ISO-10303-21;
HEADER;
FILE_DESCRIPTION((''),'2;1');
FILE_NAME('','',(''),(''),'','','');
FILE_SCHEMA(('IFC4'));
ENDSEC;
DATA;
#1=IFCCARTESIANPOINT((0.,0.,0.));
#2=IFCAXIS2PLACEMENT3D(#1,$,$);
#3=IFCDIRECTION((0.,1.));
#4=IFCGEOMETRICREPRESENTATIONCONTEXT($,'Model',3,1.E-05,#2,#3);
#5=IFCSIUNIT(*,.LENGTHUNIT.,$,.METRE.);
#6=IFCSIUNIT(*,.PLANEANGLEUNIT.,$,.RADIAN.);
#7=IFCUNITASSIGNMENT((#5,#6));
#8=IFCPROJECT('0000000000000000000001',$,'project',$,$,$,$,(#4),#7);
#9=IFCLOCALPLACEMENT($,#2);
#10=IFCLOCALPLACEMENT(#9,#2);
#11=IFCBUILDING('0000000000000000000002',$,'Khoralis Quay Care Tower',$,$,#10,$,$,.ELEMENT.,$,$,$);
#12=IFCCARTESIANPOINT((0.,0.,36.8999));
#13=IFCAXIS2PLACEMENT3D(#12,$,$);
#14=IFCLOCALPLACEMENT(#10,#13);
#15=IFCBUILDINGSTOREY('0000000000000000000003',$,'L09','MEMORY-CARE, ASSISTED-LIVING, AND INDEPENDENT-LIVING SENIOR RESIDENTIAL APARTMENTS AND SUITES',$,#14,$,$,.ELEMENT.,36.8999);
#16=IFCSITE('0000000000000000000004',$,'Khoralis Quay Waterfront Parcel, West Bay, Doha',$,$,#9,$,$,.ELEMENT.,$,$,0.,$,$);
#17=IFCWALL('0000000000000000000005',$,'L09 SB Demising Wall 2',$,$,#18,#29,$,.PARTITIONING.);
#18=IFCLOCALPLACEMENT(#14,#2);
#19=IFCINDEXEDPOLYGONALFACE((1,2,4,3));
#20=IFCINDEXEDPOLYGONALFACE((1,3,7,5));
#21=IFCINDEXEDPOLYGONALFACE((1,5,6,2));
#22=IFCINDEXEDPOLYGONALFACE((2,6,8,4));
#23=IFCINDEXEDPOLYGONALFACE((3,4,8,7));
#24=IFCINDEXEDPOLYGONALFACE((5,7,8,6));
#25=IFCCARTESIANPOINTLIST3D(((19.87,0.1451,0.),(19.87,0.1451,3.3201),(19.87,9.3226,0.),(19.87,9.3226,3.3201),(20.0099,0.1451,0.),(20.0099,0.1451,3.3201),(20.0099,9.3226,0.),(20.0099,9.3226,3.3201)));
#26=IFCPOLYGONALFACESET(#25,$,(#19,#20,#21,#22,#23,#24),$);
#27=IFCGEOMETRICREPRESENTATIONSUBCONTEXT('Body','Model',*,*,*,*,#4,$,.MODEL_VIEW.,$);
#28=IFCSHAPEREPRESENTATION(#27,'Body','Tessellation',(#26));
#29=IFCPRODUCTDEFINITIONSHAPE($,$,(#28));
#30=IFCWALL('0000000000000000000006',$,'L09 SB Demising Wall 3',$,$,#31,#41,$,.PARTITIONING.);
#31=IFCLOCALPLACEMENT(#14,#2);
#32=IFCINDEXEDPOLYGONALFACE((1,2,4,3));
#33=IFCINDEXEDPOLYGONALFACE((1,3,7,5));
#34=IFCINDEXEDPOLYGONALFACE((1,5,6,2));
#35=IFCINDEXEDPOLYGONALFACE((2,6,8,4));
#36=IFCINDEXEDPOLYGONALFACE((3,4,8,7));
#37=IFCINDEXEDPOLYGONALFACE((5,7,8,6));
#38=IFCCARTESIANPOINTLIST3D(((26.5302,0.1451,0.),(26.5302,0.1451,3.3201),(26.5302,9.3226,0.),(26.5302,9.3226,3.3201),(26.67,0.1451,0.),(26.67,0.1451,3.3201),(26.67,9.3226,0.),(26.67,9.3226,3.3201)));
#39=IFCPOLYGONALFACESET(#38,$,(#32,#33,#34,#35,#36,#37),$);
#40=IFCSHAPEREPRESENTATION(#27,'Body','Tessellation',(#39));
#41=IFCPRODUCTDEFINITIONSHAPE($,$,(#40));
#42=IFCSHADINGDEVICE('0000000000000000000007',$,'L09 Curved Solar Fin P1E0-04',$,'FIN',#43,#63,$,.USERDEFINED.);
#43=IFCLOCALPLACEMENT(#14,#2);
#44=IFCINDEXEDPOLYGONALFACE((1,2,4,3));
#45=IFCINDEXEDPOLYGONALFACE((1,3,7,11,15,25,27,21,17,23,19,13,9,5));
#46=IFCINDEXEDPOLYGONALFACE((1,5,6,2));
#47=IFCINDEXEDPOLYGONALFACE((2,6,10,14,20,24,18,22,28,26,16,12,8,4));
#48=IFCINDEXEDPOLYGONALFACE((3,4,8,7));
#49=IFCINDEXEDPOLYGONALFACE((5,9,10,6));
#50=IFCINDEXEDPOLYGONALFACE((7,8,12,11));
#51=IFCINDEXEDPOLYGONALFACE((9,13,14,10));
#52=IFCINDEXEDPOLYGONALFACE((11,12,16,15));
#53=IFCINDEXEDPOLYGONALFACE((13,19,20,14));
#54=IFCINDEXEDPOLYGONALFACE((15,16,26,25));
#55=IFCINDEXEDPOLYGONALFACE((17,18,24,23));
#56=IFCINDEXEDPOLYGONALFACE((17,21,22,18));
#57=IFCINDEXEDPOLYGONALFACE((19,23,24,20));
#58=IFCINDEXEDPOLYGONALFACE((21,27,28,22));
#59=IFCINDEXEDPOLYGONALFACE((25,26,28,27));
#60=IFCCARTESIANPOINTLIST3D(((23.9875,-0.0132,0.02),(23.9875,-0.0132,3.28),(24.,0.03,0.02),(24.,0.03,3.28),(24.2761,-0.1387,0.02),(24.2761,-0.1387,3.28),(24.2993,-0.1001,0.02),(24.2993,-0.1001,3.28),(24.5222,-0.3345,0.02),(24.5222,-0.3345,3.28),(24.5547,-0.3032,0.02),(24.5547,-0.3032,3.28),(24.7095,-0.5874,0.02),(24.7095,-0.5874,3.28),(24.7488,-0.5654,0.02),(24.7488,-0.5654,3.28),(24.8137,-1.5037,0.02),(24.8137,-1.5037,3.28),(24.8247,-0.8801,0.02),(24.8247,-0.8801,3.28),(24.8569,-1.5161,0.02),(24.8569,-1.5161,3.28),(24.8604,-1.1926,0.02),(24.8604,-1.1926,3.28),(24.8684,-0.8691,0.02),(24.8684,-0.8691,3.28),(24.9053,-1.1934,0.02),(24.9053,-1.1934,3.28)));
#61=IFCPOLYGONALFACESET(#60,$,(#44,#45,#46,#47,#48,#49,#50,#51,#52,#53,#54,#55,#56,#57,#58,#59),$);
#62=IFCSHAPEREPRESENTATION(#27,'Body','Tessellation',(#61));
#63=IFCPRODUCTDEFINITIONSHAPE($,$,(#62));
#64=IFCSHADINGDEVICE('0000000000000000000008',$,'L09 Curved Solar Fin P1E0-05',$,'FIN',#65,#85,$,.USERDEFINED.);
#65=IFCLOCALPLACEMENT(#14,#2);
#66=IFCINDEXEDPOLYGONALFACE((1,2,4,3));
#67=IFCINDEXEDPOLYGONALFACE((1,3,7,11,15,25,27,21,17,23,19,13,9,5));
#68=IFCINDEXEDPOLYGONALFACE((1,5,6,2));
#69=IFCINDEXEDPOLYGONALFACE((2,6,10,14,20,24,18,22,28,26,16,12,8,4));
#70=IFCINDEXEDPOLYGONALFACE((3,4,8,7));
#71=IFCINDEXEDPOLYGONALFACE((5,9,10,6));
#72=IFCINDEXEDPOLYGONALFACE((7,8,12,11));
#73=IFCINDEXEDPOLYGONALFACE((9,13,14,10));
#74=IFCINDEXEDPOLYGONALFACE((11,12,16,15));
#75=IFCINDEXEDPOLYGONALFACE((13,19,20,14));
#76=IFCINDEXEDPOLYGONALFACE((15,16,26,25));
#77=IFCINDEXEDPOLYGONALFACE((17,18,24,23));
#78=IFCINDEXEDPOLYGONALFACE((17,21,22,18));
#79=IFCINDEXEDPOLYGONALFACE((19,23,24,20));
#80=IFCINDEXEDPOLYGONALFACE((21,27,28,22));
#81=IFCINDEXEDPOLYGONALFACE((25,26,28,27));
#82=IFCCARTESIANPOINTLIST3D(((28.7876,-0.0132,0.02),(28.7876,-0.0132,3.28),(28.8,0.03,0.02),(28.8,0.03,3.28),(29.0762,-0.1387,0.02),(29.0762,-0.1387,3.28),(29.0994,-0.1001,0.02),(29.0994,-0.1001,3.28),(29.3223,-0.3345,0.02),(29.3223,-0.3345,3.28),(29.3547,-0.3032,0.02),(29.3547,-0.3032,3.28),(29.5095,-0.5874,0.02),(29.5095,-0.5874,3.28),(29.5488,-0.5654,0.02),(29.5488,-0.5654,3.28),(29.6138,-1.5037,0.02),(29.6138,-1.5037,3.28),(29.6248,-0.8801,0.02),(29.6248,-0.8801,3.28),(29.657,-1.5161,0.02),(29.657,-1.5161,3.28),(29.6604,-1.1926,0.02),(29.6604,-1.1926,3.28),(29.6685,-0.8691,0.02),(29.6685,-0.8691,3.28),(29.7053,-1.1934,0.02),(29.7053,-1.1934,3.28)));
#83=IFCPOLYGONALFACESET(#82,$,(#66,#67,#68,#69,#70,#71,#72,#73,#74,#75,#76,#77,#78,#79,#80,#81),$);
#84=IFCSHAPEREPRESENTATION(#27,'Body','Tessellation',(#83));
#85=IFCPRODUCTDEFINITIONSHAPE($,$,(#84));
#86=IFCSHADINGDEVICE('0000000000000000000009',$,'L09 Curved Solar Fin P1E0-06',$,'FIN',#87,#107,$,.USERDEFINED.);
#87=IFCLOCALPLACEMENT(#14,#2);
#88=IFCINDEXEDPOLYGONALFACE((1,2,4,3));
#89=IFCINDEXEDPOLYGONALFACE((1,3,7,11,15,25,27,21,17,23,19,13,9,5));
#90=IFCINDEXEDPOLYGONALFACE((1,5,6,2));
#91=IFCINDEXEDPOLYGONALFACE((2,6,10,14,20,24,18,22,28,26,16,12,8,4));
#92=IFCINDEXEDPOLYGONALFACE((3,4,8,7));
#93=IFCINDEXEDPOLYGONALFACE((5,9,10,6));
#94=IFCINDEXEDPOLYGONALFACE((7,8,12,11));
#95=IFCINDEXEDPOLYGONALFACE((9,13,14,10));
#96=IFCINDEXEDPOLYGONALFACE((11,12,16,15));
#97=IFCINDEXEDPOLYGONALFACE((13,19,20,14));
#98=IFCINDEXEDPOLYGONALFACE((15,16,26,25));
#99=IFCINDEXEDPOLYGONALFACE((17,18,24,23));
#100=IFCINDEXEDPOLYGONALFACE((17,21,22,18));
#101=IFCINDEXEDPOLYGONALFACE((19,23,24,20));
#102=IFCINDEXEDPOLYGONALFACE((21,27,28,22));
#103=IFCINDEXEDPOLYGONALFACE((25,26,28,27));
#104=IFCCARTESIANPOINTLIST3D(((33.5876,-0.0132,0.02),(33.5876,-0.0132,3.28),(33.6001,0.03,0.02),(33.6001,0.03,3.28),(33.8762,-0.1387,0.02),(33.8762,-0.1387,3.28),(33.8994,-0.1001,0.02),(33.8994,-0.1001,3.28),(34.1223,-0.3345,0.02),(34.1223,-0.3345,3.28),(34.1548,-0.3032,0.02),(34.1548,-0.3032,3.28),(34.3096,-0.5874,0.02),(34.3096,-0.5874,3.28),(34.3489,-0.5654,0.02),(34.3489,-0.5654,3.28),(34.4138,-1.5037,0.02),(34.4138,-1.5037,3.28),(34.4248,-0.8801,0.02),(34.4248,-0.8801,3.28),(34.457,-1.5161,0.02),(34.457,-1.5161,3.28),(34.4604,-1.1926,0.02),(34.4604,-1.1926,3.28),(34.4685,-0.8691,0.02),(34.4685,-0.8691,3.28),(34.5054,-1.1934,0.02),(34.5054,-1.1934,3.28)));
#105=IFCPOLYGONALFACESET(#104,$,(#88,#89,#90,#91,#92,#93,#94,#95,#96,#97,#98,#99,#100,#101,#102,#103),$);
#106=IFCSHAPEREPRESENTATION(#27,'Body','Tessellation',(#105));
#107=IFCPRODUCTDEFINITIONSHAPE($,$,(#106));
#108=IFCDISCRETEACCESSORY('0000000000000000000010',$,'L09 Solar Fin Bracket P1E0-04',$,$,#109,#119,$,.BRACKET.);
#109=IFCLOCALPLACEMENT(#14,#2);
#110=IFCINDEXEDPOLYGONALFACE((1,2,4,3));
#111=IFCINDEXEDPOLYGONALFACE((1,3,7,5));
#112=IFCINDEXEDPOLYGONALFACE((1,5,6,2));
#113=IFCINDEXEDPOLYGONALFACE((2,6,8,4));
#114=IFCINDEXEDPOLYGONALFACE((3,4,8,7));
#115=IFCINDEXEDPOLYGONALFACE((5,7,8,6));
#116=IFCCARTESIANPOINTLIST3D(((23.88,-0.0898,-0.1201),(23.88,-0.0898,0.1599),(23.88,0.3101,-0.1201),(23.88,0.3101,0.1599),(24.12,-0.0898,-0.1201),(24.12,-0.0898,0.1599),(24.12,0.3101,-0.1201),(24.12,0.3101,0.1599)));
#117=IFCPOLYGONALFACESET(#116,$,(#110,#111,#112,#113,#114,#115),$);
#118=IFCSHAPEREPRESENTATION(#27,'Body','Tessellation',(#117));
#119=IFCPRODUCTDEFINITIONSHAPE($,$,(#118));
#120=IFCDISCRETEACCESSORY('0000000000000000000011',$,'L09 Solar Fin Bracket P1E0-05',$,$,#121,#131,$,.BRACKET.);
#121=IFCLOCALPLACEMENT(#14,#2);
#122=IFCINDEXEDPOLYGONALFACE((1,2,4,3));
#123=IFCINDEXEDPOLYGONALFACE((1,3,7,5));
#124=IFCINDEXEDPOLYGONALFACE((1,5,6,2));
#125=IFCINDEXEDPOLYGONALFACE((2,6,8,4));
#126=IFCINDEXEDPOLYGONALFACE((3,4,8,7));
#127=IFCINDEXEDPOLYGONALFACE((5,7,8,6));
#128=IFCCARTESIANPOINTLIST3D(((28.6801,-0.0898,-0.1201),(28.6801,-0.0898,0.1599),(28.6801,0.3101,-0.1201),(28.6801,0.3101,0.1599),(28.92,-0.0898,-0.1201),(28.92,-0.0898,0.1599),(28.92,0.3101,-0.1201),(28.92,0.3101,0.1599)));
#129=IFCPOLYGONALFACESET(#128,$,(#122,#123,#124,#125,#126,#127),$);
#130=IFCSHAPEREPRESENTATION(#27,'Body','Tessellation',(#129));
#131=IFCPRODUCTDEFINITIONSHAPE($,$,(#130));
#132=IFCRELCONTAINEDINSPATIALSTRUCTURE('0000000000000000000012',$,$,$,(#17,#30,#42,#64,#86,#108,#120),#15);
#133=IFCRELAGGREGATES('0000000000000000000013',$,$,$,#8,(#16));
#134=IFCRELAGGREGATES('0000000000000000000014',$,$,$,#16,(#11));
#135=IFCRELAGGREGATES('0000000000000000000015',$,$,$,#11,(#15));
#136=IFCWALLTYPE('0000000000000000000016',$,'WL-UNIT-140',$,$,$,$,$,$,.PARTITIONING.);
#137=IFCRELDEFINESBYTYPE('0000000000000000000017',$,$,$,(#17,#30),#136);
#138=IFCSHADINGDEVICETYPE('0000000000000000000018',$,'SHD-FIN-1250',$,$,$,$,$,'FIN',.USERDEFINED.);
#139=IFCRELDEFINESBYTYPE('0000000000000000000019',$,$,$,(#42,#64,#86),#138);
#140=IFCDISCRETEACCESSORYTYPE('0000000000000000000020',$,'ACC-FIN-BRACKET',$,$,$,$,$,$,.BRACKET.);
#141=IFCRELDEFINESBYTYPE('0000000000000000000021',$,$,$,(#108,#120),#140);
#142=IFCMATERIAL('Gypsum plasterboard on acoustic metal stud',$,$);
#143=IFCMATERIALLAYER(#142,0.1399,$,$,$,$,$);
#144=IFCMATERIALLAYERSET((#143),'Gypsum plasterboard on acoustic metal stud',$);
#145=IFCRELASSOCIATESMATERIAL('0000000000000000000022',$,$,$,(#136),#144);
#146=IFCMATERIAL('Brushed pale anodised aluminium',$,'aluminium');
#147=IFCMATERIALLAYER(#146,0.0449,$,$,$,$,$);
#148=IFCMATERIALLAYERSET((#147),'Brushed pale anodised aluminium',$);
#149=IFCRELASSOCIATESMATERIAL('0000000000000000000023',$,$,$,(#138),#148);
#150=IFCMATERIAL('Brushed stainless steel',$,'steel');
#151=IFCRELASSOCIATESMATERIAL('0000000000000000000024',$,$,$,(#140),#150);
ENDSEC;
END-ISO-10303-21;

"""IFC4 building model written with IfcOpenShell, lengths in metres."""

from ifc_helpers import new_model, si_unit, direction, frame, frame_2d, origin, origin_2d, place, context, subcontext, project, spatial, polyline, rectangle, outline, extrude, source, transform, mapped, material, layer, layer_set, type_object, element, save


model = new_model("IFC4")

# Units and contexts
model_context = context("Model", 3, precision=1e-05, world=origin(), true_north=direction((0.0, 1.0)))
body_context = subcontext(model_context, "Body", "Model", "MODEL_VIEW")
ifc_project = project(units=[si_unit("LENGTHUNIT", "METRE"), si_unit("PLANEANGLEUNIT", "RADIAN")], contexts=[model_context])

# Site, building, storey
site_placement = place(None, origin())
site = spatial("IfcSite", under=ifc_project, at=site_placement, Name="Khoralis Quay Waterfront Parcel, West Bay, Doha", CompositionType="ELEMENT", RefElevation=0.0)
building_placement = place(site_placement, origin())
building = spatial("IfcBuilding", under=site, at=building_placement, Name="Khoralis Quay Care Tower", CompositionType="ELEMENT")
storey_placement = place(building_placement, frame((0.0, 0.0, 36.8999)))
storey = spatial("IfcBuildingStorey", under=building, at=storey_placement, Name="L09", Description="MEMORY-CARE, ASSISTED-LIVING, AND INDEPENDENT-LIVING SENIOR RESIDENTIAL APARTMENTS AND SUITES", CompositionType="ELEMENT", Elevation=36.8999)

# Shared definitions
ifc_material_1 = material(Name="Gypsum plasterboard on acoustic metal stud")

# Walls
ifc_layer_1 = layer(ifc_material_1, 0.1399)
ifc_layer_set_1 = layer_set([ifc_layer_1], Name="Gypsum plasterboard on acoustic metal stud")
wall_type_1 = type_object("IfcWallType", Name="WL-UNIT-140", PredefinedType="PARTITIONING", material=ifc_layer_set_1)
for number, where, z_axis, x_axis, name in (
    (1, (19.9399, 0.145, 0.0), (0.0, 0.0, 1.0), (0.0, 1.0, 0.0), "L09 SB Demising Wall 2"),
    (2, (26.6001, 0.145, 0.0), (0.0, 0.0, 1.0), (0.0, 1.0, 0.0), "L09 SB Demising Wall 3"),
):
    element("IfcWall", number, at=place(storey_placement, frame(where, z_axis=z_axis, x_axis=x_axis)), inside=storey, type_object=wall_type_1, Name=name, PredefinedType="PARTITIONING", context=body_context, shape_type="SweptSolid", body=[
        extrude(rectangle(XDim=9.1775, YDim=0.1399, at=frame_2d((4.5889, 0.0))), origin(), (0.0, 0.0, 1.0), 3.3201),
    ])

# Shading devices
ifc_material_2 = material(Name="Brushed pale anodised aluminium", Category="aluminium")
ifc_layer_2 = layer(ifc_material_2, 0.0449)
ifc_layer_set_2 = layer_set([ifc_layer_2], Name="Brushed pale anodised aluminium")
shading_device_type = type_object("IfcShadingDeviceType", Name="SHD-FIN-1250", ElementType="FIN", PredefinedType="USERDEFINED", material=ifc_layer_set_2)
shared_shape_1 = source(origin(), body_context, "Body", "SweptSolid", [
    extrude(outline(polyline([(0.0, 0.0), (0.1301, 0.2993), (0.3333, 0.5547), (0.5955, 0.7488), (0.8992, 0.8684), (1.2234, 0.9053), (1.5461, 0.8569), (1.5337, 0.8137), (1.2227, 0.8604), (0.9102, 0.8247), (0.6174, 0.7095), (0.3645, 0.5222), (0.1687, 0.2761), (0.0432, -0.0125), (0.0, 0.0)])), origin(), (0.0, 0.0, 1.0), 3.26),
])
for number, where, z_axis, x_axis, name in (
    (3, (24.0, 0.03, 0.02), (0.0, 0.0, 1.0), (0.0, -1.0, 0.0), "L09 Curved Solar Fin P1E0-04"),
    (4, (28.8, 0.03, 0.02), (0.0, 0.0, 1.0), (0.0, -1.0, 0.0), "L09 Curved Solar Fin P1E0-05"),
    (5, (33.6001, 0.03, 0.02), (0.0, 0.0, 1.0), (0.0, -1.0, 0.0), "L09 Curved Solar Fin P1E0-06"),
):
    element("IfcShadingDevice", number, at=place(storey_placement, frame(where, z_axis=z_axis, x_axis=x_axis)), inside=storey, type_object=shading_device_type, Name=name, ObjectType="FIN", PredefinedType="USERDEFINED", context=body_context, shape_type="MappedRepresentation", body=[
        mapped(shared_shape_1, transform((0.0, 0.0, 0.0), scale=1.0)),
    ])

# Discrete accessories
ifc_material_3 = material(Name="Brushed stainless steel", Category="steel")
discrete_accessory_type = type_object("IfcDiscreteAccessoryType", Name="ACC-FIN-BRACKET", PredefinedType="BRACKET", material=ifc_material_3)
shared_shape_2 = source(origin(), body_context, "Body", "SweptSolid", [
    extrude(rectangle(XDim=0.3999, YDim=0.24, at=origin_2d()), origin(), (0.0, 0.0, 1.0), 0.28),
])
for number, where, z_axis, x_axis, name in (
    (6, (24.0, 0.1101, -0.1201), (0.0, 0.0, 1.0), (0.0, -1.0, 0.0), "L09 Solar Fin Bracket P1E0-04"),
    (7, (28.8, 0.1101, -0.1201), (0.0, 0.0, 1.0), (0.0, -1.0, 0.0), "L09 Solar Fin Bracket P1E0-05"),
):
    element("IfcDiscreteAccessory", number, at=place(storey_placement, frame(where, z_axis=z_axis, x_axis=x_axis)), inside=storey, type_object=discrete_accessory_type, Name=name, PredefinedType="BRACKET", context=body_context, shape_type="MappedRepresentation", body=[
        mapped(shared_shape_2, transform((0.0, 0.0, 0.0), scale=1.0)),
    ])

save(model, "model.ifc")
